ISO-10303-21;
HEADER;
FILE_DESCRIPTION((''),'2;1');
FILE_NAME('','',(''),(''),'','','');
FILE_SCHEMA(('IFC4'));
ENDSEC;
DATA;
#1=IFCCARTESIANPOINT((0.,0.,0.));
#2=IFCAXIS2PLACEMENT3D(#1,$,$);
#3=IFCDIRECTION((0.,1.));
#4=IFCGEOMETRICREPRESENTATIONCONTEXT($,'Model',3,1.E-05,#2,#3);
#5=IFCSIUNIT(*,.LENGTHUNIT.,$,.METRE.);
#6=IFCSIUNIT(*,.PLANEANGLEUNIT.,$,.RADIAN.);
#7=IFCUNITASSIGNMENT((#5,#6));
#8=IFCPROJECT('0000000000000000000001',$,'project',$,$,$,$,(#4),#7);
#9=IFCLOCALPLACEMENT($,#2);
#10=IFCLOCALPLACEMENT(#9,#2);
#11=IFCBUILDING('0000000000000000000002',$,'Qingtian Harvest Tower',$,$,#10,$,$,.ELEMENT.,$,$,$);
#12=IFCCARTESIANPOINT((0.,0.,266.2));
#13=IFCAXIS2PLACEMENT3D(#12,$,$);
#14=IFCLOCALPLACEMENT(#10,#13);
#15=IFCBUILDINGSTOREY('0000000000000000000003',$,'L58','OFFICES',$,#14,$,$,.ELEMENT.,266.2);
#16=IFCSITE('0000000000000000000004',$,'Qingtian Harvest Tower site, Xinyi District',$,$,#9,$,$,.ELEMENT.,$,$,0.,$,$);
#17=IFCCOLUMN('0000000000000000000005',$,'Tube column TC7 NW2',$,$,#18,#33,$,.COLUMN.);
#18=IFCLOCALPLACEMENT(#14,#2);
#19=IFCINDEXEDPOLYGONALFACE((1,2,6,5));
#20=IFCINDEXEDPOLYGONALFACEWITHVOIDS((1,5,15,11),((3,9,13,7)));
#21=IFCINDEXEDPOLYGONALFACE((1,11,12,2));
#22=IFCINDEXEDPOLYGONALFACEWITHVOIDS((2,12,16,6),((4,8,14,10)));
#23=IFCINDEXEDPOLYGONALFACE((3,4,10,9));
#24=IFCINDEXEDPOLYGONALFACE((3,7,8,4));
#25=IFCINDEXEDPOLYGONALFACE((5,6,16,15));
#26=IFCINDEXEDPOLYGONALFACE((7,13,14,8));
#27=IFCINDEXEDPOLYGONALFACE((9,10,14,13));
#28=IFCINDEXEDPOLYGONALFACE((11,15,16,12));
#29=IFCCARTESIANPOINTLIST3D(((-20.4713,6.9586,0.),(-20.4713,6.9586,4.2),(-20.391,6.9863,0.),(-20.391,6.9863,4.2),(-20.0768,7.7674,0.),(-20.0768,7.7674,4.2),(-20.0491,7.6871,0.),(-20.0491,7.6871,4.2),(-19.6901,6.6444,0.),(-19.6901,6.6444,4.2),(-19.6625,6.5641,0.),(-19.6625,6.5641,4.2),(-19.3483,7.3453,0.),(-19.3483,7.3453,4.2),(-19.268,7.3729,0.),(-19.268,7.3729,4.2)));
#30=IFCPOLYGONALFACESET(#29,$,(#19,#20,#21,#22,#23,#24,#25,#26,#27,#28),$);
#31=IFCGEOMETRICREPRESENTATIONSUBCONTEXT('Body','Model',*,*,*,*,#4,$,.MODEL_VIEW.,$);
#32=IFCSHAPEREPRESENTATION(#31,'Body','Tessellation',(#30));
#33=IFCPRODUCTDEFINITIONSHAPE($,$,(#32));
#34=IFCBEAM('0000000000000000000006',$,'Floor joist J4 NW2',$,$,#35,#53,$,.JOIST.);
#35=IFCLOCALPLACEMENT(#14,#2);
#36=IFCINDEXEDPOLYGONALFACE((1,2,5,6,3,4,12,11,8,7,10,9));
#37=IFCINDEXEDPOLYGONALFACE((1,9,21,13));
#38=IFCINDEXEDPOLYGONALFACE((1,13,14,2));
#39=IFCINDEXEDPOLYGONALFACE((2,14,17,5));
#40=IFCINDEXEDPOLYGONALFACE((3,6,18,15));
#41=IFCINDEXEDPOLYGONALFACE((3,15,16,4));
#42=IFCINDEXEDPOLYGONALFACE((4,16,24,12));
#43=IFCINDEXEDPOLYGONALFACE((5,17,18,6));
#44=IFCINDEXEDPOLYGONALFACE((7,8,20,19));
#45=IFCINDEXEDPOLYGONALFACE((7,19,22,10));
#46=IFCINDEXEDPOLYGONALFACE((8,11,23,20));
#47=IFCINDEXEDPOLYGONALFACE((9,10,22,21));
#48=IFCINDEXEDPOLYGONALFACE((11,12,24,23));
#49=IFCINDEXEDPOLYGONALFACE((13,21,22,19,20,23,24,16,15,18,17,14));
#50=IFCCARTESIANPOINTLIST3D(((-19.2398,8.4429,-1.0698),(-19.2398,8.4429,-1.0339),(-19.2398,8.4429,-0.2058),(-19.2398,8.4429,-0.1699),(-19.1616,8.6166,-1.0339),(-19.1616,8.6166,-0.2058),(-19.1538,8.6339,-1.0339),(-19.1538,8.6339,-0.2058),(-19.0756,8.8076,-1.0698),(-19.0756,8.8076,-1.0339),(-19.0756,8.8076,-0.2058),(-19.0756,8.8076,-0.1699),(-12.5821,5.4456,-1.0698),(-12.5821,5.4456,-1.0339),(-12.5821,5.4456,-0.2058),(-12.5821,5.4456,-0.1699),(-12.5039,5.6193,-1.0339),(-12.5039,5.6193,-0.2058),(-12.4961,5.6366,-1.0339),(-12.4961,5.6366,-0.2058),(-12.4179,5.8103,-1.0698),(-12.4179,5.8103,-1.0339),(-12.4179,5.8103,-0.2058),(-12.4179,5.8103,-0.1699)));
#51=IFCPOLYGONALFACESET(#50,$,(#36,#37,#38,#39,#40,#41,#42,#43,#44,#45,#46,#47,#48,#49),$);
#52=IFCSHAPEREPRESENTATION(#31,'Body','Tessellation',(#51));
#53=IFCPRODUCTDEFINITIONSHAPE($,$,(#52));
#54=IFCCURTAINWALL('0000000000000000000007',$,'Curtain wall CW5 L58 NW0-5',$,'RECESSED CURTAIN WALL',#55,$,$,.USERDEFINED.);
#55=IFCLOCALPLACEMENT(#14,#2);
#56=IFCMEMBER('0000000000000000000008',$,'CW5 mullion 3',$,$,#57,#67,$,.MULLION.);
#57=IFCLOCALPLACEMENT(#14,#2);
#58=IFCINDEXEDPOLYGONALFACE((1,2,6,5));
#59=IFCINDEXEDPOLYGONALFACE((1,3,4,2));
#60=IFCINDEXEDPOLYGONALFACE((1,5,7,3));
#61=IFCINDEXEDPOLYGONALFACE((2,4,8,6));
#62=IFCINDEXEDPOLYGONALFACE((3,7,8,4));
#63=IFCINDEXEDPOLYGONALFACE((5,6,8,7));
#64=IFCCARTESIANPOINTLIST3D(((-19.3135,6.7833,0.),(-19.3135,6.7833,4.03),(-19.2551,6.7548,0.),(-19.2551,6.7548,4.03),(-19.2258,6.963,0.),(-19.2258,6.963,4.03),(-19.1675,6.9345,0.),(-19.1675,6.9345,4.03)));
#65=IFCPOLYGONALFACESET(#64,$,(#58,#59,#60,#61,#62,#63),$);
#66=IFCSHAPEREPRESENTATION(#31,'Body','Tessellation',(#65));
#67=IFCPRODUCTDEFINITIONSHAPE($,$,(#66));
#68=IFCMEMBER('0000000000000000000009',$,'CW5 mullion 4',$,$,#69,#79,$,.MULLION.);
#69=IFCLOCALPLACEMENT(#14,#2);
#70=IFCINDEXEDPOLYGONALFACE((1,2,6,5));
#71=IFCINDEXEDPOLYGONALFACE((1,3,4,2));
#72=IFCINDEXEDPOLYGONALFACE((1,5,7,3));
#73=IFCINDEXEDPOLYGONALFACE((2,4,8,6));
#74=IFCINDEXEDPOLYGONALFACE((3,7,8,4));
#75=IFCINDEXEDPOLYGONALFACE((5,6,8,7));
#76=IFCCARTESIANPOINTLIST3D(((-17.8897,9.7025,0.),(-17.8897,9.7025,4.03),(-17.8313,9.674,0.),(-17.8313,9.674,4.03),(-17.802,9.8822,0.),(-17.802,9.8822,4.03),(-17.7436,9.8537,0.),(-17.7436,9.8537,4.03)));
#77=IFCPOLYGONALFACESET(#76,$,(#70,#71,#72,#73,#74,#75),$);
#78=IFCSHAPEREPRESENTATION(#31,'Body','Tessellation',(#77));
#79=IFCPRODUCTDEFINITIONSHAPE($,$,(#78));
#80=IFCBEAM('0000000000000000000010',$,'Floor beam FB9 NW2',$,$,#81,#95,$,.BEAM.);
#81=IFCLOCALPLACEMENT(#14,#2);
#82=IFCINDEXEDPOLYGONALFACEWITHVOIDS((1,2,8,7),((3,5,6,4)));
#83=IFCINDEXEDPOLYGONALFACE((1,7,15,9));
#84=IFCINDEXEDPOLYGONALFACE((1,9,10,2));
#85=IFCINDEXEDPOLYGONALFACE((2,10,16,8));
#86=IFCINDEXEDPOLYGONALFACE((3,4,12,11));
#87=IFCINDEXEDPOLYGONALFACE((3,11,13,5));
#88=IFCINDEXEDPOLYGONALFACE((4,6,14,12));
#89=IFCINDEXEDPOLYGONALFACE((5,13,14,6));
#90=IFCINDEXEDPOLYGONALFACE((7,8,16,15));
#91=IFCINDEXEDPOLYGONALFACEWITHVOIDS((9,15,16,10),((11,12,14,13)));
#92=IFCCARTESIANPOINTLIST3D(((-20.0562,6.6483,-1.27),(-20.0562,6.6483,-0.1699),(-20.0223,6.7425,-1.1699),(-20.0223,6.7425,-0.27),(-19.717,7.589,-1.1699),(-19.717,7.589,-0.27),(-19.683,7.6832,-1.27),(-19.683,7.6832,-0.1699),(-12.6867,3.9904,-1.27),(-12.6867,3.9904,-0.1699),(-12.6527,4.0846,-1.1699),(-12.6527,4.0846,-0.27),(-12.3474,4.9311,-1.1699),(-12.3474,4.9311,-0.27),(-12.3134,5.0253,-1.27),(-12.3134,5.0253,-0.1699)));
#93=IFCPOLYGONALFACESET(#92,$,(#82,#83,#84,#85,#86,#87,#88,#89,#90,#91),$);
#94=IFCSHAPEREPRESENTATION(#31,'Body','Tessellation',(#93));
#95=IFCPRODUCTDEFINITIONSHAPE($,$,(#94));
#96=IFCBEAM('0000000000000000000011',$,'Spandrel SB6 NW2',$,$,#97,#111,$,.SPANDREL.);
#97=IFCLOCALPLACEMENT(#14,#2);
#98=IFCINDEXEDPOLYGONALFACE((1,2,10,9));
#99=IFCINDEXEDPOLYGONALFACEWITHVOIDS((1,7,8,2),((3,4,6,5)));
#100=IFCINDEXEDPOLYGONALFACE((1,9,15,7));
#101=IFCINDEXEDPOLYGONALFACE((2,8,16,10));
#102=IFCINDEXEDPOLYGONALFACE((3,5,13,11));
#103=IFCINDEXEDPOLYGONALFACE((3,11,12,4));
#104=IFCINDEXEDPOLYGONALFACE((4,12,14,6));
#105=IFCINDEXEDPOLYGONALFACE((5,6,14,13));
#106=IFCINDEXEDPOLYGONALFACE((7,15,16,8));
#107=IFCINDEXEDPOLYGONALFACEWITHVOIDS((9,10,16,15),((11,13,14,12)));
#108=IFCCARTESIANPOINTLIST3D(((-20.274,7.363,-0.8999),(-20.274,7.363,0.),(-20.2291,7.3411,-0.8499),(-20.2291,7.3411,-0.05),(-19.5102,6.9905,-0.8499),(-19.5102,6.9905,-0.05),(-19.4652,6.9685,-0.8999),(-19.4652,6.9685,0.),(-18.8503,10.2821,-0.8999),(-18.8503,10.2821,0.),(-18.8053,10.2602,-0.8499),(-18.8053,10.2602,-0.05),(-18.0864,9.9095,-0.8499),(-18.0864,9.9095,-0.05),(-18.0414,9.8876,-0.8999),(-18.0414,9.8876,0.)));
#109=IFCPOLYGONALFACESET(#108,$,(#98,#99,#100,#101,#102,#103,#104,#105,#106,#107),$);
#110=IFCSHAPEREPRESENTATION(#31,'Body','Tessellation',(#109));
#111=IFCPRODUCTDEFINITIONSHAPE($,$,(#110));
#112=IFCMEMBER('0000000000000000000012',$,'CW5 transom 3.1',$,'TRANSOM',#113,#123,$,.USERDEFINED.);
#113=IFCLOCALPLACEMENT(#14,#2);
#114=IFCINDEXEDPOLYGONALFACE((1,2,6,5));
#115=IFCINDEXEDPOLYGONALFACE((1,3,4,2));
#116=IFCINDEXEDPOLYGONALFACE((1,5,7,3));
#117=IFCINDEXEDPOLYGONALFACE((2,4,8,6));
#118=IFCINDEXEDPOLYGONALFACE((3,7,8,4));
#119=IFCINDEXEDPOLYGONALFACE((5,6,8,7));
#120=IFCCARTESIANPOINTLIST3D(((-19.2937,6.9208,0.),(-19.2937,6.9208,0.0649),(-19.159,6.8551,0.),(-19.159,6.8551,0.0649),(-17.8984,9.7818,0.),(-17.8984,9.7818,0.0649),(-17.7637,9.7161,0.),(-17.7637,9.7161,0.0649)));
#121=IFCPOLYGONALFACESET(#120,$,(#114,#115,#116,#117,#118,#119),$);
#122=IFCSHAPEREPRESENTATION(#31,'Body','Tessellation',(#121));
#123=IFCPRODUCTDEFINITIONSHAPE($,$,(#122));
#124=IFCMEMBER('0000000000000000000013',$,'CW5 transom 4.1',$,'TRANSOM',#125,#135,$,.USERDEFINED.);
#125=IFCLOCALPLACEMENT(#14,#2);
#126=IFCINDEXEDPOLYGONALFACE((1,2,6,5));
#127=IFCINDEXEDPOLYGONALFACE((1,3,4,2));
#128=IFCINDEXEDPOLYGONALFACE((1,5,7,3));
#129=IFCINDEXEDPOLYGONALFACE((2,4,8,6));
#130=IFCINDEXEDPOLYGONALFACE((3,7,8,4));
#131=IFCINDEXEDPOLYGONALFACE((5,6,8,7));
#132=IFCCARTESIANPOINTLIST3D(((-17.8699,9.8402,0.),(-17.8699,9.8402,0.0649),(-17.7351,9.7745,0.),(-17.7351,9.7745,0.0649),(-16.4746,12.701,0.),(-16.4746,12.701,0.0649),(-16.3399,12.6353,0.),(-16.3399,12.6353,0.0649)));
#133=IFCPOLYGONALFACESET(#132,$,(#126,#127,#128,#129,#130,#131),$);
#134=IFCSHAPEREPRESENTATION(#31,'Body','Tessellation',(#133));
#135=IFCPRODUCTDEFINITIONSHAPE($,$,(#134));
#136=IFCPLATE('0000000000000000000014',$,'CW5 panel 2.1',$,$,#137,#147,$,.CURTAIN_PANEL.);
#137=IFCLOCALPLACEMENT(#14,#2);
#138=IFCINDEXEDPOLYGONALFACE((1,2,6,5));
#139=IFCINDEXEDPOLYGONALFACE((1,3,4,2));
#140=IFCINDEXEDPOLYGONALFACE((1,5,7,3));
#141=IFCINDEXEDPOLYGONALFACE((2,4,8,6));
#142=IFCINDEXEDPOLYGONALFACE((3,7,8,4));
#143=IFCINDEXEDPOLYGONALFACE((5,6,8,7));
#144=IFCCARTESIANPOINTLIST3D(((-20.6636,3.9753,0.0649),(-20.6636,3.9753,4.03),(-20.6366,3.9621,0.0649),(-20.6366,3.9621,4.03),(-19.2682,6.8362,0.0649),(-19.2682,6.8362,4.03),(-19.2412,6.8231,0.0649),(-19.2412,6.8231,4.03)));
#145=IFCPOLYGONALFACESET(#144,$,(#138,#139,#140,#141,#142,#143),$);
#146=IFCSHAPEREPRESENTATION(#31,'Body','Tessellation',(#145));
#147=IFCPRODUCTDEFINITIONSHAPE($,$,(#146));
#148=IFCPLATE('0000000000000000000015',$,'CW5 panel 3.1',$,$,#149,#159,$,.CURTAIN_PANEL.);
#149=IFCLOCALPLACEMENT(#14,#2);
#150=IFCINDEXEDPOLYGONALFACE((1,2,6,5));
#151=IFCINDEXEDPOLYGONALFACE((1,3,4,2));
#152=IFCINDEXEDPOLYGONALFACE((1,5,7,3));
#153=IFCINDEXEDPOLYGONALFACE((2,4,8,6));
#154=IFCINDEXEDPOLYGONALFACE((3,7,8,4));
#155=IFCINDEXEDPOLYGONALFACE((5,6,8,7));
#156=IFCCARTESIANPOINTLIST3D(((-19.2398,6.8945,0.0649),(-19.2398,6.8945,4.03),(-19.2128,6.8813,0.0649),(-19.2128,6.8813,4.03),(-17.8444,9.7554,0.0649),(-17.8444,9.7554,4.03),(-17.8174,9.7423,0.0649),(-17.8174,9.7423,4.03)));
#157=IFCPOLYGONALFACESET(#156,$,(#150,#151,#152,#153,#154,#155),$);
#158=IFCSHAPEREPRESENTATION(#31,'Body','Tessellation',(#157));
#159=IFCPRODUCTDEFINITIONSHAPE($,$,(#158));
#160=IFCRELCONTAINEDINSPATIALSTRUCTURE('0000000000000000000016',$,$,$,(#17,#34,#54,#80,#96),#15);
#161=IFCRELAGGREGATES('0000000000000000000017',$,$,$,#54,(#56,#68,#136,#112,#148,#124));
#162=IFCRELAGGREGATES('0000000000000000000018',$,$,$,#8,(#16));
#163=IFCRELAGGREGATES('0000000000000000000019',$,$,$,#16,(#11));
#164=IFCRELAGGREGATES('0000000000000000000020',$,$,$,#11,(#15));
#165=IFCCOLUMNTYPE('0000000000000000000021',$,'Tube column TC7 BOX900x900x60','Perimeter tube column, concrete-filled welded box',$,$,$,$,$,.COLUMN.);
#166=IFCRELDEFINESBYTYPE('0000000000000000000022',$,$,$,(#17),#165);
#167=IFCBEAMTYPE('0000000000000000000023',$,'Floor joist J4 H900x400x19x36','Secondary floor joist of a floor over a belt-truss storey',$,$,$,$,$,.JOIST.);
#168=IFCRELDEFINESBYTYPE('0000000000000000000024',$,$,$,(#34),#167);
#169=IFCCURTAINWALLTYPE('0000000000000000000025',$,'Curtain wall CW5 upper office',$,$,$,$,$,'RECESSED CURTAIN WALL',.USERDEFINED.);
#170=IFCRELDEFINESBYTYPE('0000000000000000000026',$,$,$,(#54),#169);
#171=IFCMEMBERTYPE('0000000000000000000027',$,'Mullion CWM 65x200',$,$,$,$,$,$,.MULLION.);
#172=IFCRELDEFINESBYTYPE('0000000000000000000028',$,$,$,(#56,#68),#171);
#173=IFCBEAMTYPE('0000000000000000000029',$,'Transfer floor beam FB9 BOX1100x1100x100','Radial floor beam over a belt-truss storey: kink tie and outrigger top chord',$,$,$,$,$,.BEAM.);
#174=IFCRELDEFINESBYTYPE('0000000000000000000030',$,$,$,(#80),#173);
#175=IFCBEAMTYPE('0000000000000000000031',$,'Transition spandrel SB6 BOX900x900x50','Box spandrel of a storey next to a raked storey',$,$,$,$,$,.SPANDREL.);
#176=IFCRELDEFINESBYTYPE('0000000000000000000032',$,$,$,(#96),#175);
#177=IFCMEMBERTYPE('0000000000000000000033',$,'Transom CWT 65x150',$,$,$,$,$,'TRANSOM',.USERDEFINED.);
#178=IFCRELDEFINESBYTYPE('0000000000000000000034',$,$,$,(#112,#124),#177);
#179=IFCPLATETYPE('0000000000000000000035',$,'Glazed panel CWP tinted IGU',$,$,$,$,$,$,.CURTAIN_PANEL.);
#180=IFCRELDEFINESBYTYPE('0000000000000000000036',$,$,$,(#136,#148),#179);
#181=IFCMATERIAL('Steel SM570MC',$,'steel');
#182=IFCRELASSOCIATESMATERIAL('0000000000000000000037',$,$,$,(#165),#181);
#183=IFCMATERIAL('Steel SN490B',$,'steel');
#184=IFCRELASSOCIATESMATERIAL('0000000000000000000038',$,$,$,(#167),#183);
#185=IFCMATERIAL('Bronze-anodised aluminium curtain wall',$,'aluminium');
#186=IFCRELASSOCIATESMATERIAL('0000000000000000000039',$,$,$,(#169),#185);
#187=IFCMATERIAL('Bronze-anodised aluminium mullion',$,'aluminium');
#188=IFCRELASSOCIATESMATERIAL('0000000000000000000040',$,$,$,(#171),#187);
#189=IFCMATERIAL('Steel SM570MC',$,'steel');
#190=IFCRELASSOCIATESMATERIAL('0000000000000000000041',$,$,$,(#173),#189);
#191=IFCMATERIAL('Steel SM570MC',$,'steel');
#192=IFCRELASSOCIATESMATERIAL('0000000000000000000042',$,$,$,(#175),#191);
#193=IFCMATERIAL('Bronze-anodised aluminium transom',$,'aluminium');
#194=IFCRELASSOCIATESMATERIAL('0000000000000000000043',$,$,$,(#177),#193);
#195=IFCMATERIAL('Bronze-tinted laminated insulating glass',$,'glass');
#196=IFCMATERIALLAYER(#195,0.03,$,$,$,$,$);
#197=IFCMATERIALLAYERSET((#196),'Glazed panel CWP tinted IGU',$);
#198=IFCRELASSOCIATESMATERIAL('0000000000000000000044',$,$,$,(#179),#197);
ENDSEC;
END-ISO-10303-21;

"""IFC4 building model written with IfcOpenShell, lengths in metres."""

from ifc_helpers import new_model, si_unit, direction, frame, origin, origin_2d, place, context, subcontext, project, spatial, rectangle, hollow_rectangle, i_section, extrude, material, layer, layer_set, material_profile, profile_set, type_object, element, aggregate, save


model = new_model("IFC4")

# Units and contexts
model_context = context("Model", 3, precision=1e-05, world=origin(), true_north=direction((0.0, 1.0)))
body_context = subcontext(model_context, "Body", "Model", "MODEL_VIEW")
ifc_project = project(units=[si_unit("LENGTHUNIT", "METRE"), si_unit("PLANEANGLEUNIT", "RADIAN")], contexts=[model_context])

# Site, building, storey
site_placement = place(None, origin())
site = spatial("IfcSite", under=ifc_project, at=site_placement, Name="Qingtian Harvest Tower site, Xinyi District", CompositionType="ELEMENT", RefElevation=0.0)
building_placement = place(site_placement, origin())
building = spatial("IfcBuilding", under=site, at=building_placement, Name="Qingtian Harvest Tower", CompositionType="ELEMENT")
storey_placement = place(building_placement, frame((0.0, 0.0, 266.2)))
storey = spatial("IfcBuildingStorey", under=building, at=storey_placement, Name="L58", Description="OFFICES", CompositionType="ELEMENT", Elevation=266.2)

# Column
ifc_material_1 = material(Name="Steel SM570MC", Category="steel")
ifc_material_profile_1 = material_profile(ifc_material_1, hollow_rectangle(XDim=0.8999, YDim=0.8999, WallThickness=0.0601, at=origin_2d()), Name="BOX900x900x60")
ifc_profile_set_1 = profile_set([ifc_material_profile_1], Name="Steel SM570MC")
column_type = type_object("IfcColumnType", Name="Tube column TC7 BOX900x900x60", Description="Perimeter tube column, concrete-filled welded box", PredefinedType="COLUMN", material=ifc_profile_set_1)
column_placement = place(storey_placement, frame((-19.8696, 7.1658, 0.0), z_axis=(0.0, 0.0, 1.0), x_axis=(-0.438371, -0.898794, 0.0)))
element("IfcColumn", 1, at=column_placement, inside=storey, type_object=column_type, Name="Tube column TC7 NW2", PredefinedType="COLUMN", context=body_context, shape_type="SweptSolid", body=[
    extrude(hollow_rectangle(XDim=0.8999, YDim=0.8999, WallThickness=0.0601, at=origin_2d()), origin(), (0.0, 0.0, 1.0), 4.2),
])

# Beam
ifc_material_2 = material(Name="Steel SN490B", Category="steel")
ifc_material_profile_2 = material_profile(ifc_material_2, i_section(OverallWidth=0.3999, OverallDepth=0.8999, WebThickness=0.019, FlangeThickness=0.0359, at=origin_2d()), Name="H900x400x19x36")
ifc_profile_set_2 = profile_set([ifc_material_profile_2], Name="Steel SN490B")
beam_type_1 = type_object("IfcBeamType", Name="Floor joist J4 H900x400x19x36", Description="Secondary floor joist of a floor over a belt-truss storey", PredefinedType="JOIST", material=ifc_profile_set_2)
beam_1_placement = place(storey_placement, frame((-19.1577, 8.6252, -0.6199), z_axis=(0.911853, -0.410518, 0.0), x_axis=(0.410518, 0.911853, 0.0)))
element("IfcBeam", 2, at=beam_1_placement, inside=storey, type_object=beam_type_1, Name="Floor joist J4 NW2", PredefinedType="JOIST", context=body_context, shape_type="SweptSolid", body=[
    extrude(i_section(OverallWidth=0.3999, OverallDepth=0.8999, WebThickness=0.019, FlangeThickness=0.0359, at=origin_2d()), origin(), (0.0, 0.0, 1.0), 7.3013),
])

# Curtain wall, members
ifc_material_3 = material(Name="Bronze-anodised aluminium curtain wall", Category="aluminium")
curtain_wall_type = type_object("IfcCurtainWallType", Name="Curtain wall CW5 upper office", ElementType="RECESSED CURTAIN WALL", PredefinedType="USERDEFINED", material=ifc_material_3)
curtain_wall_placement = place(storey_placement, origin())
curtain_wall = element("IfcCurtainWall", 3, at=curtain_wall_placement, inside=storey, type_object=curtain_wall_type, Name="Curtain wall CW5 L58 NW0-5", ObjectType="RECESSED CURTAIN WALL", PredefinedType="USERDEFINED")
ifc_material_4 = material(Name="Bronze-anodised aluminium mullion", Category="aluminium")
ifc_material_profile_3 = material_profile(ifc_material_4, rectangle(XDim=0.0649, YDim=0.2, at=origin_2d()), Name="AL 65x200")
ifc_profile_set_3 = profile_set([ifc_material_profile_3], Name="Bronze-anodised aluminium mullion")
member_type_1 = type_object("IfcMemberType", Name="Mullion CWM 65x200", PredefinedType="MULLION", material=ifc_profile_set_3)
member_1_placement = place(storey_placement, frame((-19.2405, 6.8589, 0.0), z_axis=(0.0, 0.0, 1.0), x_axis=(-0.898794, 0.438371, 0.0)))
member_1 = element("IfcMember", 4, at=member_1_placement, type_object=member_type_1, Name="CW5 mullion 3", PredefinedType="MULLION", context=body_context, shape_type="SweptSolid", body=[
    extrude(rectangle(XDim=0.0649, YDim=0.2, at=origin_2d()), origin(), (0.0, 0.0, 1.0), 4.03),
])
member_2_placement = place(storey_placement, frame((-17.8167, 9.7781, 0.0), z_axis=(0.0, 0.0, 1.0), x_axis=(-0.898794, 0.438371, 0.0)))
member_2 = element("IfcMember", 5, at=member_2_placement, type_object=member_type_1, Name="CW5 mullion 4", PredefinedType="MULLION", context=body_context, shape_type="SweptSolid", body=[
    extrude(rectangle(XDim=0.0649, YDim=0.2, at=origin_2d()), origin(), (0.0, 0.0, 1.0), 4.03),
])

# Beams
ifc_material_5 = material(Name="Steel SM570MC", Category="steel")
ifc_material_profile_4 = material_profile(ifc_material_5, hollow_rectangle(XDim=1.1001, YDim=1.1001, WallThickness=0.1001, at=origin_2d()), Name="BOX1100x1100x100")
ifc_profile_set_4 = profile_set([ifc_material_profile_4], Name="Steel SM570MC")
beam_type_2 = type_object("IfcBeamType", Name="Transfer floor beam FB9 BOX1100x1100x100", Description="Radial floor beam over a belt-truss storey: kink tie and outrigger top chord", PredefinedType="BEAM", material=ifc_profile_set_4)
beam_2_placement = place(storey_placement, frame((-19.8696, 7.1658, -0.72), z_axis=(0.940688, -0.339272, 0.0), x_axis=(0.339272, 0.940688, 0.0)))
element("IfcBeam", 6, at=beam_2_placement, inside=storey, type_object=beam_type_2, Name="Floor beam FB9 NW2", PredefinedType="BEAM", context=body_context, shape_type="SweptSolid", body=[
    extrude(hollow_rectangle(XDim=1.1001, YDim=1.1001, WallThickness=0.1001, at=origin_2d()), origin(), (0.0, 0.0, 1.0), 7.8342),
])
ifc_material_6 = material(Name="Steel SM570MC", Category="steel")
ifc_material_profile_5 = material_profile(ifc_material_6, hollow_rectangle(XDim=0.8999, YDim=0.8999, WallThickness=0.05, at=origin_2d()), Name="BOX900x900x50")
ifc_profile_set_5 = profile_set([ifc_material_profile_5], Name="Steel SM570MC")
beam_type_3 = type_object("IfcBeamType", Name="Transition spandrel SB6 BOX900x900x50", Description="Box spandrel of a storey next to a raked storey", PredefinedType="SPANDREL", material=ifc_profile_set_5)
beam_3_placement = place(storey_placement, frame((-19.8696, 7.1658, -0.45), z_axis=(0.438382, 0.898789, 0.0), x_axis=(-0.898789, 0.438382, 0.0)))
element("IfcBeam", 7, at=beam_3_placement, inside=storey, type_object=beam_type_3, Name="Spandrel SB6 NW2", PredefinedType="SPANDREL", context=body_context, shape_type="SweptSolid", body=[
    extrude(hollow_rectangle(XDim=0.8999, YDim=0.8999, WallThickness=0.05, at=origin_2d()), origin(), (0.0, 0.0, 1.0), 3.2478),
])

# Members
ifc_material_7 = material(Name="Bronze-anodised aluminium transom", Category="aluminium")
ifc_material_profile_6 = material_profile(ifc_material_7, rectangle(XDim=0.1499, YDim=0.0649, at=origin_2d()), Name="AL 65x150")
ifc_profile_set_6 = profile_set([ifc_material_profile_6], Name="Bronze-anodised aluminium transom")
member_type_2 = type_object("IfcMemberType", Name="Transom CWT 65x150", ElementType="TRANSOM", PredefinedType="USERDEFINED", material=ifc_profile_set_6)
member_3_placement = place(storey_placement, frame((-19.2263, 6.8879, 0.0325), z_axis=(0.438325, 0.898816, 0.0), x_axis=(-0.898816, 0.438325, 0.0)))
member_3 = element("IfcMember", 8, at=member_3_placement, type_object=member_type_2, Name="CW5 transom 3.1", ObjectType="TRANSOM", PredefinedType="USERDEFINED", context=body_context, shape_type="SweptSolid", body=[
    extrude(rectangle(XDim=0.1499, YDim=0.0649, at=origin_2d()), origin(), (0.0, 0.0, 1.0), 3.1831),
])
member_4_placement = place(storey_placement, frame((-17.8025, 9.8074, 0.0325), z_axis=(0.438356, 0.898802, 0.0), x_axis=(-0.898802, 0.438356, 0.0)))
member_4 = element("IfcMember", 9, at=member_4_placement, type_object=member_type_2, Name="CW5 transom 4.1", ObjectType="TRANSOM", PredefinedType="USERDEFINED", context=body_context, shape_type="SweptSolid", body=[
    extrude(rectangle(XDim=0.1499, YDim=0.0649, at=origin_2d()), origin(), (0.0, 0.0, 1.0), 3.1829),
])

# Plates
ifc_material_8 = material(Name="Bronze-tinted laminated insulating glass", Category="glass")
ifc_layer_1 = layer(ifc_material_8, 0.03)
ifc_layer_set_1 = layer_set([ifc_layer_1], Name="Glazed panel CWP tinted IGU")
plate_type = type_object("IfcPlateType", Name="Glazed panel CWP tinted IGU", PredefinedType="CURTAIN_PANEL", material=ifc_layer_set_1)
plate_1_placement = place(storey_placement, frame((-19.9524, 5.3992, 0.0649), z_axis=(0.0, 0.0, 1.0), x_axis=(0.438371, 0.898794, 0.0)))
plate_1 = element("IfcPlate", 10, at=plate_1_placement, type_object=plate_type, Name="CW5 panel 2.1", PredefinedType="CURTAIN_PANEL", context=body_context, shape_type="SweptSolid", body=[
    extrude(rectangle(XDim=3.1831, YDim=0.03, at=origin_2d()), origin(), (0.0, 0.0, 1.0), 3.9651),
])
plate_2_placement = place(storey_placement, frame((-18.5286, 8.3184, 0.0649), z_axis=(0.0, 0.0, 1.0), x_axis=(0.438371, 0.898794, 0.0)))
plate_2 = element("IfcPlate", 11, at=plate_2_placement, type_object=plate_type, Name="CW5 panel 3.1", PredefinedType="CURTAIN_PANEL", context=body_context, shape_type="SweptSolid", body=[
    extrude(rectangle(XDim=3.1831, YDim=0.03, at=origin_2d()), origin(), (0.0, 0.0, 1.0), 3.9651),
])
aggregate(curtain_wall, [member_1, member_2, plate_1, member_3, plate_2, member_4])

save(model, "model.ifc")
